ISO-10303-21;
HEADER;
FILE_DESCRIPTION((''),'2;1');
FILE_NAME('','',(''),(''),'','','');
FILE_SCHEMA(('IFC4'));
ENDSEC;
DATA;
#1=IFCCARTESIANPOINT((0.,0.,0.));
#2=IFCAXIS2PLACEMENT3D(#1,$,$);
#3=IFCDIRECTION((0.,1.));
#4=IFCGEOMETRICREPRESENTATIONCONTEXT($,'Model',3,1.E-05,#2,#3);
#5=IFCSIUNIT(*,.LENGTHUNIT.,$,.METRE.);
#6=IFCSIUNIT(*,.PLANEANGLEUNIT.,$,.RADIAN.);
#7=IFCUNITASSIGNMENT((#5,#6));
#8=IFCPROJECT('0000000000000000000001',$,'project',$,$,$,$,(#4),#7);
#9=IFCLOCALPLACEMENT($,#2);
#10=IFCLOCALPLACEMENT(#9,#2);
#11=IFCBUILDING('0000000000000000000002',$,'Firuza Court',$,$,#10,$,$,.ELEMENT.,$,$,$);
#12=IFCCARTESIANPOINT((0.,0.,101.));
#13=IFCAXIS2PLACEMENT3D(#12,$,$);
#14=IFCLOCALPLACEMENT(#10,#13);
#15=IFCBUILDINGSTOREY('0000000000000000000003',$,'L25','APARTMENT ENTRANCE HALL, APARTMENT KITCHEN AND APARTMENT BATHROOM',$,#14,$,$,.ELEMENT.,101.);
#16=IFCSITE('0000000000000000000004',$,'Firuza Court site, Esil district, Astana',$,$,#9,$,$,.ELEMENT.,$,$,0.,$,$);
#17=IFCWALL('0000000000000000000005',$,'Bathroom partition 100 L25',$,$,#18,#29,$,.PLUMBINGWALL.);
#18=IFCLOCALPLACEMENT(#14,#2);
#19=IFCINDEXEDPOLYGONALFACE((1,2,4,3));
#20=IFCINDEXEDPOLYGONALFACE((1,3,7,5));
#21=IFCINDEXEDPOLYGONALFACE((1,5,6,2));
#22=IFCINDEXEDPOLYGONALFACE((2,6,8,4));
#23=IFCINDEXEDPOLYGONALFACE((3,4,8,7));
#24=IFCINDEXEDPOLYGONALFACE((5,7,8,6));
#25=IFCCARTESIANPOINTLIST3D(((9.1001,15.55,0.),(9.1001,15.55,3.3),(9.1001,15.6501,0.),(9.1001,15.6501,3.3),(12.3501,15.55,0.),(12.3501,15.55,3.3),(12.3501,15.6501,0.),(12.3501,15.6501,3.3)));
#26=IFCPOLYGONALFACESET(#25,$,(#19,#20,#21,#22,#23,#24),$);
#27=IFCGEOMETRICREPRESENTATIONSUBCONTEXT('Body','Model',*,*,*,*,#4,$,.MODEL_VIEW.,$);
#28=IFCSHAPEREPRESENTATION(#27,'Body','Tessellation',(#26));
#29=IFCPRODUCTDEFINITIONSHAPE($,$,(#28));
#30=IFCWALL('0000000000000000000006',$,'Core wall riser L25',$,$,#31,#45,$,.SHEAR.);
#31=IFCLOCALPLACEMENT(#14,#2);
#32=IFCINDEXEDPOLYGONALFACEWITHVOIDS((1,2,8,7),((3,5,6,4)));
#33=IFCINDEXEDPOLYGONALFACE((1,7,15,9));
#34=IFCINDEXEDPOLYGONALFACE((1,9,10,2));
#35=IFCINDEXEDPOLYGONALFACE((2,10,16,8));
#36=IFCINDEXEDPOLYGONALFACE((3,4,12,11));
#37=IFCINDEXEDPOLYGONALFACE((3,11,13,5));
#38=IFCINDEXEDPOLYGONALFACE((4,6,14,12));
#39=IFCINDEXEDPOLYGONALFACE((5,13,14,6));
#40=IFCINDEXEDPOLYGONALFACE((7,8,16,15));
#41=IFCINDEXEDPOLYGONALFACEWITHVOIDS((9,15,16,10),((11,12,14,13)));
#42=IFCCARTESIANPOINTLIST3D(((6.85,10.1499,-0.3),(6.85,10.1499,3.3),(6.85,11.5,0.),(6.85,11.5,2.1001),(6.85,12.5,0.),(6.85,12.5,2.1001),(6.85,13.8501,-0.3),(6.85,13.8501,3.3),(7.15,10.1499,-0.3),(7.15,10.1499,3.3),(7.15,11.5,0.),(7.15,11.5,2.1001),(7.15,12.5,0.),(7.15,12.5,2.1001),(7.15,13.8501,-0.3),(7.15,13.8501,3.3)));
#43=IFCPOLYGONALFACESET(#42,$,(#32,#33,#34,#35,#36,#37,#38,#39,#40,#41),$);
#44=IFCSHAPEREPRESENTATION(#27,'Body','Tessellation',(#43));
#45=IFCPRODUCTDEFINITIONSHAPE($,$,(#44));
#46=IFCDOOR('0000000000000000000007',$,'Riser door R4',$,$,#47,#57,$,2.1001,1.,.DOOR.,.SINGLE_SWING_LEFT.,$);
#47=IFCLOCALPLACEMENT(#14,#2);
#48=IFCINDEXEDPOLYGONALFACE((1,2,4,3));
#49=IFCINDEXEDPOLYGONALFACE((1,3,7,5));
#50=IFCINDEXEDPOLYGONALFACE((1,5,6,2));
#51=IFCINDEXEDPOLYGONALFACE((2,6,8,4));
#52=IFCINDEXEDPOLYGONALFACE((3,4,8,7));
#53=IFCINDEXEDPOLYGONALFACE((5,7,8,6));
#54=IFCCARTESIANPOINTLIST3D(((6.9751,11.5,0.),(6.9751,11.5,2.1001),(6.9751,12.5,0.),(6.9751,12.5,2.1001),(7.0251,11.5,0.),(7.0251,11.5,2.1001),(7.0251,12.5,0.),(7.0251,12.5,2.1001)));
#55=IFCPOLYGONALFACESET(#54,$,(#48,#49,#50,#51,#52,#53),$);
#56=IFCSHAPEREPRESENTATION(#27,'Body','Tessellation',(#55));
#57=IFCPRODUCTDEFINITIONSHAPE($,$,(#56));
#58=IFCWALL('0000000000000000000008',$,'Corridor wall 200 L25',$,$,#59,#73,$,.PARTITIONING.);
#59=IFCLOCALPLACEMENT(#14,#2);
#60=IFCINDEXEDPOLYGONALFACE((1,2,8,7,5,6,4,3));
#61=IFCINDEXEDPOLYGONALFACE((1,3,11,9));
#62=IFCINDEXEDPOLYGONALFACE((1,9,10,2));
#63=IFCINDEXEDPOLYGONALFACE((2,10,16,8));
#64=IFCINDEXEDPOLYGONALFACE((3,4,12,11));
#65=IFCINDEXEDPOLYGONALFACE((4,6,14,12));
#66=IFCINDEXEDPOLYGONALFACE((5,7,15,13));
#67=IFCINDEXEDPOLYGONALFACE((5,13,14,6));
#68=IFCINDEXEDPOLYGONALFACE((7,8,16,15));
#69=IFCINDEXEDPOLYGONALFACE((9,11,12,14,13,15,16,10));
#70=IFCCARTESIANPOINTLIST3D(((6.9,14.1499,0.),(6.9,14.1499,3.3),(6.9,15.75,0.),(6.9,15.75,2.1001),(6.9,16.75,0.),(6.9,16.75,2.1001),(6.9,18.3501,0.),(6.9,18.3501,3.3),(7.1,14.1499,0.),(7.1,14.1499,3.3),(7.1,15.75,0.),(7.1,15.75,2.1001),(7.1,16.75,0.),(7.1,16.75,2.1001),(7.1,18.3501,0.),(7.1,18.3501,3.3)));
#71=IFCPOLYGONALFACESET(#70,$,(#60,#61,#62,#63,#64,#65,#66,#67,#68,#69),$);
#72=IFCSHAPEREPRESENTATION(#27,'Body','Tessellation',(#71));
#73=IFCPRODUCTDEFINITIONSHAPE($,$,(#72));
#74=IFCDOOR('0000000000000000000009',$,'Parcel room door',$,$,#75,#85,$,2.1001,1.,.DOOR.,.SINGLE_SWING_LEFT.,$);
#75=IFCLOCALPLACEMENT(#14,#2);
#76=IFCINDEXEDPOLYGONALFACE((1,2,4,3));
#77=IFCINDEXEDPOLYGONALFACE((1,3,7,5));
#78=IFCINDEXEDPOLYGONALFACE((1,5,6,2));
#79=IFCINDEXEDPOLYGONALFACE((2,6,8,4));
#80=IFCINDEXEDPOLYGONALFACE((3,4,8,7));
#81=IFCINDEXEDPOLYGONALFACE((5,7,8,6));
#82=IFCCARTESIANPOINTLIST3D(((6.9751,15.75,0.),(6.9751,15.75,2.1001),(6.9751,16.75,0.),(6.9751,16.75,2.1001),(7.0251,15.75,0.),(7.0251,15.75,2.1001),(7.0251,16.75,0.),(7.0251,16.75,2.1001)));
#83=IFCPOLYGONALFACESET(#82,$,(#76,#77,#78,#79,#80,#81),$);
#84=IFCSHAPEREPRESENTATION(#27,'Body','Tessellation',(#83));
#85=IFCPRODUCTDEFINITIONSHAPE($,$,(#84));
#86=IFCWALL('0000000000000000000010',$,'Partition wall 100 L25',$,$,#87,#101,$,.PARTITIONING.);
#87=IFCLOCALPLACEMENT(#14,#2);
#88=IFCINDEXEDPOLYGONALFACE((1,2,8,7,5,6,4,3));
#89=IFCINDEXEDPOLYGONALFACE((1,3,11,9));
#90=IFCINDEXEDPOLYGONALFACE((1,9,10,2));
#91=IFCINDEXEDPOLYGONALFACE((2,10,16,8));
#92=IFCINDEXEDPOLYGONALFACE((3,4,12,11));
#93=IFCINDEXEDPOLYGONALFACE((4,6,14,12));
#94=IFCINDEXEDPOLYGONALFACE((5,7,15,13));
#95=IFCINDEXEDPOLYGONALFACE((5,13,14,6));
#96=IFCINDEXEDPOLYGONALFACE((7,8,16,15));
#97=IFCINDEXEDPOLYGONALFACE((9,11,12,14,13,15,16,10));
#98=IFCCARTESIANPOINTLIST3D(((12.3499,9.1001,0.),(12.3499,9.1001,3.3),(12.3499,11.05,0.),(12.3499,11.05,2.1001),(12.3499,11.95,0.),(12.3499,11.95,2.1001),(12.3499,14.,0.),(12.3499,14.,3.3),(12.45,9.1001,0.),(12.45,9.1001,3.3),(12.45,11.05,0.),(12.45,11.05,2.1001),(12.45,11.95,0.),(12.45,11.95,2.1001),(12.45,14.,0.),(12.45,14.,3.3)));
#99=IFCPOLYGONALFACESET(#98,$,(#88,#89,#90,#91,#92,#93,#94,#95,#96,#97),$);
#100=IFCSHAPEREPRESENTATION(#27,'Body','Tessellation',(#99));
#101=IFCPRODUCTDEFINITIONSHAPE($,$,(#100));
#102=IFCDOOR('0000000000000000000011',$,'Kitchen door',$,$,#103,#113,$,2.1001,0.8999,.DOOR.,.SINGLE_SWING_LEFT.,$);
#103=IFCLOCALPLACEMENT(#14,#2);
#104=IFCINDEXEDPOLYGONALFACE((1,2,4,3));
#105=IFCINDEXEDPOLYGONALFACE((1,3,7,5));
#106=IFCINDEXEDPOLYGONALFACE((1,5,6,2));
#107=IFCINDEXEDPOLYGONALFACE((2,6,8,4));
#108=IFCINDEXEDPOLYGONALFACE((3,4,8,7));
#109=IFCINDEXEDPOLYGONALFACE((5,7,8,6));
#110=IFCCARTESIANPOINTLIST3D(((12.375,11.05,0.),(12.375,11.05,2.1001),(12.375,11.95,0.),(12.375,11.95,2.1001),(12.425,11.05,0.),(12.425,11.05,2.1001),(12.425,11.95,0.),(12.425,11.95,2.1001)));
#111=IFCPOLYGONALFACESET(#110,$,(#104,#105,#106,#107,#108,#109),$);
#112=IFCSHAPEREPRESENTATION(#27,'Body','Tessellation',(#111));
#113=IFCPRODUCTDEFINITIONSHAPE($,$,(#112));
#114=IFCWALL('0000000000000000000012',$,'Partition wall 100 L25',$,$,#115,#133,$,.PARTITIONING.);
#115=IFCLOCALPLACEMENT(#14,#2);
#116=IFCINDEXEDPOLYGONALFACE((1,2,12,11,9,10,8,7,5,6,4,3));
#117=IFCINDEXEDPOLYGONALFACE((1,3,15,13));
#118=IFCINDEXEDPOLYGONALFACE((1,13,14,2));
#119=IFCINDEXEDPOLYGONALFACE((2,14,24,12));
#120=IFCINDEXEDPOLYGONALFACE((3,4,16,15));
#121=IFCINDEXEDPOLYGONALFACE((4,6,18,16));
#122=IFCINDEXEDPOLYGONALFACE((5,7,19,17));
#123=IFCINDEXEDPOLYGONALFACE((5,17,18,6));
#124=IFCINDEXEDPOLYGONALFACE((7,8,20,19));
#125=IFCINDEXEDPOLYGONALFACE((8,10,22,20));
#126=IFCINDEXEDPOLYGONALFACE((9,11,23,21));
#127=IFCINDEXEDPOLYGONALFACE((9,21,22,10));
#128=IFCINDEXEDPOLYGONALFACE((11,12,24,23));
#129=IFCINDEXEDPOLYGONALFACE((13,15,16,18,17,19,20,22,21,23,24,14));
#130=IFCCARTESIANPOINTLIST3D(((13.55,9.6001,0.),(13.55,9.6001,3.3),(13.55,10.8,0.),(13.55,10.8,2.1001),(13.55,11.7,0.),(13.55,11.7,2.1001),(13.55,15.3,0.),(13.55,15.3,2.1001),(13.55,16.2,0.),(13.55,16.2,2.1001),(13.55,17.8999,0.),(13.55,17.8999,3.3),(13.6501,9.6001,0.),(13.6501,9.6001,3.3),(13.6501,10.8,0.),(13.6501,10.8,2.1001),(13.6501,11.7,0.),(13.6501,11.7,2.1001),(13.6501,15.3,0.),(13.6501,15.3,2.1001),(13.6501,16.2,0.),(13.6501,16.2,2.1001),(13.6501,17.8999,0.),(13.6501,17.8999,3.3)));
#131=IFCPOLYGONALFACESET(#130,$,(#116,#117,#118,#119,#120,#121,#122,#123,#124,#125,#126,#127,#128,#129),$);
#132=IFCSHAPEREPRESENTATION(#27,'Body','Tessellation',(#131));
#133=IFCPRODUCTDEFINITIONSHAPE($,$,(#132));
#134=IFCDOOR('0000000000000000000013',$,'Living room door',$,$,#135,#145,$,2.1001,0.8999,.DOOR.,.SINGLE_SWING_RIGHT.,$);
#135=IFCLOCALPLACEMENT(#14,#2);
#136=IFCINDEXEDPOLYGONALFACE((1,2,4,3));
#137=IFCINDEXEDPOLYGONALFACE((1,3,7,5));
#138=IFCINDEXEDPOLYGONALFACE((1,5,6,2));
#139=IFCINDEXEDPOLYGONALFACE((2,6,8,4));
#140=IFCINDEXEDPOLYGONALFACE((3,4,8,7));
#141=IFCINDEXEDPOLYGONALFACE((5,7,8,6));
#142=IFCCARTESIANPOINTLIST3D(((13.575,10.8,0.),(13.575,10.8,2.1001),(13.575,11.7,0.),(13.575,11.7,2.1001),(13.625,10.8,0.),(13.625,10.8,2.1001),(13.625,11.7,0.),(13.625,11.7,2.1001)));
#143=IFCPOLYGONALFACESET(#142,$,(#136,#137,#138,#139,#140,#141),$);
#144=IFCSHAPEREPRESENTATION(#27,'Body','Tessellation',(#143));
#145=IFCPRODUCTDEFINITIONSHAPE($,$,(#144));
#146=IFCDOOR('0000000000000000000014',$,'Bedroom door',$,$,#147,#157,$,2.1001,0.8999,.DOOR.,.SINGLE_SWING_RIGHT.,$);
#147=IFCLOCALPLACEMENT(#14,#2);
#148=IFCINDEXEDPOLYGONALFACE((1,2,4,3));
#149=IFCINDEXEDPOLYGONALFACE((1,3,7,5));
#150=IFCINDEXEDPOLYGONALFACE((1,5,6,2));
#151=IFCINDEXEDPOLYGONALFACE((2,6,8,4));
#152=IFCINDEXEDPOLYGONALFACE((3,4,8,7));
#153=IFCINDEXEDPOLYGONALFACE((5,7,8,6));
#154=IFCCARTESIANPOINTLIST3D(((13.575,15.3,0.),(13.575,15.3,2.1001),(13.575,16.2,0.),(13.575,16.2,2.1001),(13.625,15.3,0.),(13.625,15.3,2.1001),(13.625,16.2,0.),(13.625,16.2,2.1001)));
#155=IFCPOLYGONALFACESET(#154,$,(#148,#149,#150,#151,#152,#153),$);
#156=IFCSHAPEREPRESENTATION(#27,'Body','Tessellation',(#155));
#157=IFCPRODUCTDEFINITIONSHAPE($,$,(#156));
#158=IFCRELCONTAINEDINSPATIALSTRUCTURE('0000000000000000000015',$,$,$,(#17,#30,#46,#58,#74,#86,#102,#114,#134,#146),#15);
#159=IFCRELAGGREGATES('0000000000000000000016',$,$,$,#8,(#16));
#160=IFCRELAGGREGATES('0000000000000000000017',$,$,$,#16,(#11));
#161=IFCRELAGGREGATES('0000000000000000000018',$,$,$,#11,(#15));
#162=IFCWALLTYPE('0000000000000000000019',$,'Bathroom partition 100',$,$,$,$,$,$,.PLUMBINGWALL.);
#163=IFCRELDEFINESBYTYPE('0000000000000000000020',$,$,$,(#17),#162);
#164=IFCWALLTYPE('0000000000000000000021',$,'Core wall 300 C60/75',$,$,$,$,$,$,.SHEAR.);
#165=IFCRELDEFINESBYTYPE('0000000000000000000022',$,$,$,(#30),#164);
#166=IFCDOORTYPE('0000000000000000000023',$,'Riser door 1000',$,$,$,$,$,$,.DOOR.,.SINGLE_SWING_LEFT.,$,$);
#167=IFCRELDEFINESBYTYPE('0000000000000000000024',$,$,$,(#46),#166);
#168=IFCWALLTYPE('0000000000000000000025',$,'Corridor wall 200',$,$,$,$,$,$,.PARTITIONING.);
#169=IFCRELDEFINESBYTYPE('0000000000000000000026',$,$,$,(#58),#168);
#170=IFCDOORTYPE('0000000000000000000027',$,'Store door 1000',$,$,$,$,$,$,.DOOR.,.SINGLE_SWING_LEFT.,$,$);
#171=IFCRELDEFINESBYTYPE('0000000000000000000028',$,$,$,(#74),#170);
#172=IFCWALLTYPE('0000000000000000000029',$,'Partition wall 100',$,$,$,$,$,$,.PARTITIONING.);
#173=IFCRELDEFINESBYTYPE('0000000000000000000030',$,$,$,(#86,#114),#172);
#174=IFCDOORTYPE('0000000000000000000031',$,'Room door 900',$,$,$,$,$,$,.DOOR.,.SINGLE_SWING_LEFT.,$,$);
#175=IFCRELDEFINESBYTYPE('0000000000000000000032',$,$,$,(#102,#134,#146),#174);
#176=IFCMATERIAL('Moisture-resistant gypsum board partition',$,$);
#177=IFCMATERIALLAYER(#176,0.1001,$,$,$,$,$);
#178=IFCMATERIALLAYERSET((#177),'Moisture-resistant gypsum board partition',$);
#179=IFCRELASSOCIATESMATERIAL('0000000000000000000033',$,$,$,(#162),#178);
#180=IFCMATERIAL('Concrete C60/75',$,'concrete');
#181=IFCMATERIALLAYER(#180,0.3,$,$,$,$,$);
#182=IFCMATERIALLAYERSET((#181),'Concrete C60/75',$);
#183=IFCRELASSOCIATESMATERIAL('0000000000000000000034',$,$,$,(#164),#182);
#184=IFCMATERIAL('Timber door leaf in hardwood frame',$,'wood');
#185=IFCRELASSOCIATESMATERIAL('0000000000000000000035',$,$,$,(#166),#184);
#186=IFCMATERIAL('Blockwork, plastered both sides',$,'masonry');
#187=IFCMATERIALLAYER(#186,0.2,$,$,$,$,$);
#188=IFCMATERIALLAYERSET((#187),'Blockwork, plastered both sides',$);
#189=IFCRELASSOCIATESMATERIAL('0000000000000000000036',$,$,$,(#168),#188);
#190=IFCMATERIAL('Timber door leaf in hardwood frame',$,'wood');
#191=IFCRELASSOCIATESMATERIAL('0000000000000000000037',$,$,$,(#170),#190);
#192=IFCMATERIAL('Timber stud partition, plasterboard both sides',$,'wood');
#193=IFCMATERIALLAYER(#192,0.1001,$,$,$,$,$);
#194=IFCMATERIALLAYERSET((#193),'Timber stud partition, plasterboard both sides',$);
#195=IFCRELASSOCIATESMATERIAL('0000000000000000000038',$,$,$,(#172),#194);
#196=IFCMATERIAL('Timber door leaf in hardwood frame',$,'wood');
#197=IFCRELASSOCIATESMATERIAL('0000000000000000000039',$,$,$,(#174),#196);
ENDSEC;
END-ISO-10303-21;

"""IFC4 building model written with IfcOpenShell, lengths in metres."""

from ifc_helpers import new_model, si_unit, direction, frame, frame_2d, origin, place, context, subcontext, project, spatial, rectangle, extrude, material, layer, layer_set, type_object, element, fill, save


model = new_model("IFC4")

# Units and contexts
model_context = context("Model", 3, precision=1e-05, world=origin(), true_north=direction((0.0, 1.0)))
body_context = subcontext(model_context, "Body", "Model", "MODEL_VIEW")
ifc_project = project(units=[si_unit("LENGTHUNIT", "METRE"), si_unit("PLANEANGLEUNIT", "RADIAN")], contexts=[model_context])

# Site, building, storey
site_placement = place(None, origin())
site = spatial("IfcSite", under=ifc_project, at=site_placement, Name="Firuza Court site, Esil district, Astana", CompositionType="ELEMENT", RefElevation=0.0)
building_placement = place(site_placement, origin())
building = spatial("IfcBuilding", under=site, at=building_placement, Name="Firuza Court", CompositionType="ELEMENT")
storey_placement = place(building_placement, frame((0.0, 0.0, 101.0)))
storey = spatial("IfcBuildingStorey", under=building, at=storey_placement, Name="L25", Description="APARTMENT ENTRANCE HALL, APARTMENT KITCHEN AND APARTMENT BATHROOM", CompositionType="ELEMENT", Elevation=101.0)

# Wall
ifc_material_1 = material(Name="Moisture-resistant gypsum board partition")
ifc_layer_1 = layer(ifc_material_1, 0.1001)
ifc_layer_set_1 = layer_set([ifc_layer_1], Name="Moisture-resistant gypsum board partition")
wall_type_1 = type_object("IfcWallType", Name="Bathroom partition 100", PredefinedType="PLUMBINGWALL", material=ifc_layer_set_1)
wall_1_placement = place(storey_placement, frame((9.1001, 15.6001, 0.0), z_axis=(0.0, 0.0, 1.0), x_axis=(1.0, 0.0, 0.0)))
element("IfcWall", 1, at=wall_1_placement, inside=storey, type_object=wall_type_1, Name="Bathroom partition 100 L25", PredefinedType="PLUMBINGWALL", context=body_context, shape_type="SweptSolid", body=[
    extrude(rectangle(XDim=3.25, YDim=0.1001, at=frame_2d((1.625, 0.0))), origin(), (0.0, 0.0, 1.0), 3.3),
])

# Walls, openings, doors
ifc_material_2 = material(Name="Concrete C60/75", Category="concrete")
ifc_layer_2 = layer(ifc_material_2, 0.3)
ifc_layer_set_2 = layer_set([ifc_layer_2], Name="Concrete C60/75")
wall_type_2 = type_object("IfcWallType", Name="Core wall 300 C60/75", PredefinedType="SHEAR", material=ifc_layer_set_2)
wall_2_placement = place(storey_placement, frame((7.0, 10.1499, -0.3), z_axis=(0.0, 0.0, 1.0), x_axis=(0.0, 1.0, 0.0)))
wall_2 = element("IfcWall", 2, at=wall_2_placement, inside=storey, type_object=wall_type_2, Name="Core wall riser L25", PredefinedType="SHEAR", context=body_context, shape_type="SweptSolid", body=[
    extrude(rectangle(XDim=3.7002, YDim=0.3, at=frame_2d((1.8501, 0.0))), origin(), (0.0, 0.0, 1.0), 3.6001),
])
opening_1_placement = place(wall_2_placement, frame((1.3501, 0.0, 0.3)))
opening_1 = element("IfcOpeningElement", 3, at=opening_1_placement, cuts=wall_2, PredefinedType="OPENING", context=body_context, shape_type="SweptSolid", body=[
    extrude(rectangle(XDim=1.0, YDim=2.1001, at=frame_2d((0.5, 1.05))), frame((0.0, 0.1621, 0.0), z_axis=(0.0, -1.0, 0.0), x_axis=(1.0, 0.0, 0.0)), (0.0, 0.0, 1.0), 0.324),
])
ifc_material_3 = material(Name="Timber door leaf in hardwood frame", Category="wood")
door_type_1 = type_object("IfcDoorType", Name="Riser door 1000", OperationType="SINGLE_SWING_LEFT", PredefinedType="DOOR", material=ifc_material_3)
door_1_placement = place(opening_1_placement, origin())
door_1 = element("IfcDoor", 4, at=door_1_placement, inside=storey, type_object=door_type_1, Name="Riser door R4", OperationType="SINGLE_SWING_LEFT", OverallHeight=2.1001, OverallWidth=1.0, PredefinedType="DOOR", context=body_context, shape_type="SweptSolid", body=[
    extrude(rectangle(XDim=1.0, YDim=2.1001, at=frame_2d((0.5, 1.05))), frame((0.0, 0.0249, 0.0), z_axis=(0.0, -1.0, 0.0), x_axis=(1.0, 0.0, 0.0)), (0.0, 0.0, 1.0), 0.05),
])
fill(opening_1, door_1)
ifc_material_4 = material(Name="Blockwork, plastered both sides", Category="masonry")
ifc_layer_3 = layer(ifc_material_4, 0.2)
ifc_layer_set_3 = layer_set([ifc_layer_3], Name="Blockwork, plastered both sides")
wall_type_3 = type_object("IfcWallType", Name="Corridor wall 200", PredefinedType="PARTITIONING", material=ifc_layer_set_3)
wall_3_placement = place(storey_placement, frame((7.0, 14.1499, 0.0), z_axis=(0.0, 0.0, 1.0), x_axis=(0.0, 1.0, 0.0)))
wall_3 = element("IfcWall", 5, at=wall_3_placement, inside=storey, type_object=wall_type_3, Name="Corridor wall 200 L25", PredefinedType="PARTITIONING", context=body_context, shape_type="SweptSolid", body=[
    extrude(rectangle(XDim=4.2002, YDim=0.2, at=frame_2d((2.1001, 0.0))), origin(), (0.0, 0.0, 1.0), 3.3),
])
opening_2_placement = place(wall_3_placement, frame((1.6001, 0.0, 0.0)))
opening_2 = element("IfcOpeningElement", 6, at=opening_2_placement, cuts=wall_3, PredefinedType="OPENING", context=body_context, shape_type="SweptSolid", body=[
    extrude(rectangle(XDim=1.0, YDim=2.1001, at=frame_2d((0.5, 1.05))), frame((0.0, 0.1118, 0.0), z_axis=(0.0, -1.0, 0.0), x_axis=(1.0, 0.0, 0.0)), (0.0, 0.0, 1.0), 0.2239),
])
ifc_material_5 = material(Name="Timber door leaf in hardwood frame", Category="wood")
door_type_2 = type_object("IfcDoorType", Name="Store door 1000", OperationType="SINGLE_SWING_LEFT", PredefinedType="DOOR", material=ifc_material_5)
door_2_placement = place(opening_2_placement, origin())
door_2 = element("IfcDoor", 7, at=door_2_placement, inside=storey, type_object=door_type_2, Name="Parcel room door", OperationType="SINGLE_SWING_LEFT", OverallHeight=2.1001, OverallWidth=1.0, PredefinedType="DOOR", context=body_context, shape_type="SweptSolid", body=[
    extrude(rectangle(XDim=1.0, YDim=2.1001, at=frame_2d((0.5, 1.05))), frame((0.0, 0.0249, 0.0), z_axis=(0.0, -1.0, 0.0), x_axis=(1.0, 0.0, 0.0)), (0.0, 0.0, 1.0), 0.05),
])
fill(opening_2, door_2)
ifc_material_6 = material(Name="Timber stud partition, plasterboard both sides", Category="wood")
ifc_layer_4 = layer(ifc_material_6, 0.1001)
ifc_layer_set_4 = layer_set([ifc_layer_4], Name="Timber stud partition, plasterboard both sides")
wall_type_4 = type_object("IfcWallType", Name="Partition wall 100", PredefinedType="PARTITIONING", material=ifc_layer_set_4)
wall_4_placement = place(storey_placement, frame((12.3999, 9.1001, 0.0), z_axis=(0.0, 0.0, 1.0), x_axis=(0.0, 1.0, 0.0)))
wall_4 = element("IfcWall", 8, at=wall_4_placement, inside=storey, type_object=wall_type_4, Name="Partition wall 100 L25", PredefinedType="PARTITIONING", context=body_context, shape_type="SweptSolid", body=[
    extrude(rectangle(XDim=4.8999, YDim=0.1001, at=frame_2d((2.45, 0.0))), origin(), (0.0, 0.0, 1.0), 3.3),
])
opening_3_placement = place(wall_4_placement, frame((1.95, 0.0, 0.0)))
opening_3 = element("IfcOpeningElement", 9, at=opening_3_placement, cuts=wall_4, PredefinedType="OPENING", context=body_context, shape_type="SweptSolid", body=[
    extrude(rectangle(XDim=0.8999, YDim=2.1001, at=frame_2d((0.45, 1.05))), frame((0.0, 0.062, 0.0), z_axis=(0.0, -1.0, 0.0), x_axis=(1.0, 0.0, 0.0)), (0.0, 0.0, 1.0), 0.124),
])
ifc_material_7 = material(Name="Timber door leaf in hardwood frame", Category="wood")
door_type_3 = type_object("IfcDoorType", Name="Room door 900", OperationType="SINGLE_SWING_LEFT", PredefinedType="DOOR", material=ifc_material_7)
door_3_placement = place(opening_3_placement, origin())
door_3 = element("IfcDoor", 10, at=door_3_placement, inside=storey, type_object=door_type_3, Name="Kitchen door", OperationType="SINGLE_SWING_LEFT", OverallHeight=2.1001, OverallWidth=0.8999, PredefinedType="DOOR", context=body_context, shape_type="SweptSolid", body=[
    extrude(rectangle(XDim=0.8999, YDim=2.1001, at=frame_2d((0.45, 1.05))), frame((0.0, 0.0249, 0.0), z_axis=(0.0, -1.0, 0.0), x_axis=(1.0, 0.0, 0.0)), (0.0, 0.0, 1.0), 0.05),
])
fill(opening_3, door_3)

# Wall, openings, doors
wall_5_placement = place(storey_placement, frame((13.6001, 9.6001, 0.0), z_axis=(0.0, 0.0, 1.0), x_axis=(0.0, 1.0, 0.0)))
wall_5 = element("IfcWall", 11, at=wall_5_placement, inside=storey, type_object=wall_type_4, Name="Partition wall 100 L25", PredefinedType="PARTITIONING", context=body_context, shape_type="SweptSolid", body=[
    extrude(rectangle(XDim=8.2998, YDim=0.1001, at=frame_2d((4.1499, 0.0))), origin(), (0.0, 0.0, 1.0), 3.3),
])
opening_4_placement = place(wall_5_placement, frame((1.2, 0.0, 0.0)))
opening_4 = element("IfcOpeningElement", 12, at=opening_4_placement, cuts=wall_5, PredefinedType="OPENING", context=body_context, shape_type="SweptSolid", body=[
    extrude(rectangle(XDim=0.8999, YDim=2.1001, at=frame_2d((0.45, 1.05))), frame((0.0, 0.062, 0.0), z_axis=(0.0, -1.0, 0.0), x_axis=(1.0, 0.0, 0.0)), (0.0, 0.0, 1.0), 0.124),
])
opening_5_placement = place(wall_5_placement, frame((5.7, 0.0, 0.0)))
opening_5 = element("IfcOpeningElement", 13, at=opening_5_placement, cuts=wall_5, PredefinedType="OPENING", context=body_context, shape_type="SweptSolid", body=[
    extrude(rectangle(XDim=0.8999, YDim=2.1001, at=frame_2d((0.45, 1.05))), frame((0.0, 0.062, 0.0), z_axis=(0.0, -1.0, 0.0), x_axis=(1.0, 0.0, 0.0)), (0.0, 0.0, 1.0), 0.124),
])
door_4_placement = place(opening_4_placement, frame((0.8999, 0.0, 0.0), z_axis=(0.0, 0.0, 1.0), x_axis=(-1.0, 0.0, 0.0)))
door_4 = element("IfcDoor", 14, at=door_4_placement, inside=storey, type_object=door_type_3, Name="Living room door", OperationType="SINGLE_SWING_RIGHT", OverallHeight=2.1001, OverallWidth=0.8999, PredefinedType="DOOR", context=body_context, shape_type="SweptSolid", body=[
    extrude(rectangle(XDim=0.8999, YDim=2.1001, at=frame_2d((0.45, 1.05))), frame((0.0, 0.0249, 0.0), z_axis=(0.0, -1.0, 0.0), x_axis=(1.0, 0.0, 0.0)), (0.0, 0.0, 1.0), 0.05),
])
fill(opening_4, door_4)
door_5_placement = place(opening_5_placement, frame((0.8999, 0.0, 0.0), z_axis=(0.0, 0.0, 1.0), x_axis=(-1.0, 0.0, 0.0)))
door_5 = element("IfcDoor", 15, at=door_5_placement, inside=storey, type_object=door_type_3, Name="Bedroom door", OperationType="SINGLE_SWING_RIGHT", OverallHeight=2.1001, OverallWidth=0.8999, PredefinedType="DOOR", context=body_context, shape_type="SweptSolid", body=[
    extrude(rectangle(XDim=0.8999, YDim=2.1001, at=frame_2d((0.45, 1.05))), frame((0.0, 0.0249, 0.0), z_axis=(0.0, -1.0, 0.0), x_axis=(1.0, 0.0, 0.0)), (0.0, 0.0, 1.0), 0.05),
])
fill(opening_5, door_5)

save(model, "model.ifc")
